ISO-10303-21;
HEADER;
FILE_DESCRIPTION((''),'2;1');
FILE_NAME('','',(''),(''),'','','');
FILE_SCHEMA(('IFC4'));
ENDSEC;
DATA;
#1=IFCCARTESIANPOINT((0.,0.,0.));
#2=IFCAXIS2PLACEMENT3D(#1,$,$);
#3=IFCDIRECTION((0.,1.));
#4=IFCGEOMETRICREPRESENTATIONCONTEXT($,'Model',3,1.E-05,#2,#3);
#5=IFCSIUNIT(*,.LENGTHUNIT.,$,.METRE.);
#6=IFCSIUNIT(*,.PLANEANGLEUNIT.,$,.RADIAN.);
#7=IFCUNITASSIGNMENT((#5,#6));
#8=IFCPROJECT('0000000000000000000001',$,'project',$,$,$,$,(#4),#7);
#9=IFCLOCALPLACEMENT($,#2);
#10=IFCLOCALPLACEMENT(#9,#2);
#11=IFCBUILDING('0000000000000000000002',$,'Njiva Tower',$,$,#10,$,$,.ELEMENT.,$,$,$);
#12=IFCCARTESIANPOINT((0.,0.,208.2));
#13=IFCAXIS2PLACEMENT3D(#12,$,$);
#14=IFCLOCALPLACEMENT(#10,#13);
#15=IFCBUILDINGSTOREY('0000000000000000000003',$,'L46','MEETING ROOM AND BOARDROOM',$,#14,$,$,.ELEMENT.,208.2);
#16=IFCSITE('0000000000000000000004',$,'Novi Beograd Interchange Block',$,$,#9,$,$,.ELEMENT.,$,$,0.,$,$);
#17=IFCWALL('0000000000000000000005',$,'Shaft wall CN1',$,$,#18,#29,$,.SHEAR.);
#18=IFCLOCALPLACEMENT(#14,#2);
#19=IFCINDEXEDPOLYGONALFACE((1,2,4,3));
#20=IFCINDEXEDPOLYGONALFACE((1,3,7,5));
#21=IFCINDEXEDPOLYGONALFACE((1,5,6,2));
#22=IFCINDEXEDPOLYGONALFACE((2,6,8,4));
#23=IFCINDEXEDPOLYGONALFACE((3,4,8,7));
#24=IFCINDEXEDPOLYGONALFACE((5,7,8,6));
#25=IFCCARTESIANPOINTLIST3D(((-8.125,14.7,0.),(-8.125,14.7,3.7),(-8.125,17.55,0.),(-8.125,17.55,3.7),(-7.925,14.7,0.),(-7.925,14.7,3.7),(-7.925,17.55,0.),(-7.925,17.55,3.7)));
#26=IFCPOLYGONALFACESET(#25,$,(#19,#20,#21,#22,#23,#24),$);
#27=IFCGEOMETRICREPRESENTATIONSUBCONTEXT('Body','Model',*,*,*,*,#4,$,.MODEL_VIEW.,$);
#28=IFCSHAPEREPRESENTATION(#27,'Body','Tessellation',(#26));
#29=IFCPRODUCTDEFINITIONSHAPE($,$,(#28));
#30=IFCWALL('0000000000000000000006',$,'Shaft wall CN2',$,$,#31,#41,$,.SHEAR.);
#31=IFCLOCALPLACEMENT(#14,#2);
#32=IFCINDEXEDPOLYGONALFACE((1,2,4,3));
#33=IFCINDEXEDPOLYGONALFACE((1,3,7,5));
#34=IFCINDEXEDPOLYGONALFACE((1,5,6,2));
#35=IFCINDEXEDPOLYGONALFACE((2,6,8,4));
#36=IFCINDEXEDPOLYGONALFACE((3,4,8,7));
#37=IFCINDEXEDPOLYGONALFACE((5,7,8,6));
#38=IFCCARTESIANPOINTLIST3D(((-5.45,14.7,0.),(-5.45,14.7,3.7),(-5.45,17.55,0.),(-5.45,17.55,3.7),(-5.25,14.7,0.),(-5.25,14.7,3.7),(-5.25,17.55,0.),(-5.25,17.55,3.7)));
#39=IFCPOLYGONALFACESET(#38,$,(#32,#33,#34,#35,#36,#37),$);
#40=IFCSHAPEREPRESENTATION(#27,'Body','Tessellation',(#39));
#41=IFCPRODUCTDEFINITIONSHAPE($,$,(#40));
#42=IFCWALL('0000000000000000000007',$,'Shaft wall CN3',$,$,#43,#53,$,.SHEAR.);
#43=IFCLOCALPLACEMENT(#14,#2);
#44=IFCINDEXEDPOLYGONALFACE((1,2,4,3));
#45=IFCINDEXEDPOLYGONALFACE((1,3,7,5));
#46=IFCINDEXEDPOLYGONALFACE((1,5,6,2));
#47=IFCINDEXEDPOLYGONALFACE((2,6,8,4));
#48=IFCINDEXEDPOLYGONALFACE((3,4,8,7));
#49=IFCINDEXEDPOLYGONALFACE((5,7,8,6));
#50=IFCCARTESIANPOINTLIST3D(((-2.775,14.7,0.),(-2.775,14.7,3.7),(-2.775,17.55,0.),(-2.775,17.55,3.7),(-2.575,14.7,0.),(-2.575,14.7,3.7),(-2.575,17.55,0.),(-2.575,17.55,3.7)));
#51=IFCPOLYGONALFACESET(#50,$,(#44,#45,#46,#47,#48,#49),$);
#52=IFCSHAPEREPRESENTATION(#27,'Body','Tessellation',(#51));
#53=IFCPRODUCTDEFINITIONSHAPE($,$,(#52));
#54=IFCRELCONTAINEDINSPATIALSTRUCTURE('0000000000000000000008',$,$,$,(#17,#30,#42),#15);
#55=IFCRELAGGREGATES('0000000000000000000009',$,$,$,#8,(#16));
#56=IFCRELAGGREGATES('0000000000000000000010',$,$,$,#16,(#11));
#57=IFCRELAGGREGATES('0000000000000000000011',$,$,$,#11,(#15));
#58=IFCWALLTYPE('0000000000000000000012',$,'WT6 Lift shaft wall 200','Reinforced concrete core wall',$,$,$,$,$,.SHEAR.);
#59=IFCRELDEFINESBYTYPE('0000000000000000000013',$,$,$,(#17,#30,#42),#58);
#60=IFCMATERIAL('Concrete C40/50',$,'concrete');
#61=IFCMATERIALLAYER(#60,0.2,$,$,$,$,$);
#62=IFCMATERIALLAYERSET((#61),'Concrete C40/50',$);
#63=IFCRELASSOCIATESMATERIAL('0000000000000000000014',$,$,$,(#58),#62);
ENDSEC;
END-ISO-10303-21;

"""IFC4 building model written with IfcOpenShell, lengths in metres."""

from ifc_helpers import new_model, si_unit, direction, frame, frame_2d, origin, place, context, subcontext, project, spatial, rectangle, extrude, material, layer, layer_set, type_object, element, save


model = new_model("IFC4")

# Units and contexts
model_context = context("Model", 3, precision=1e-05, world=origin(), true_north=direction((0.0, 1.0)))
body_context = subcontext(model_context, "Body", "Model", "MODEL_VIEW")
ifc_project = project(units=[si_unit("LENGTHUNIT", "METRE"), si_unit("PLANEANGLEUNIT", "RADIAN")], contexts=[model_context])

# Site, building, storey
site_placement = place(None, origin())
site = spatial("IfcSite", under=ifc_project, at=site_placement, Name="Novi Beograd Interchange Block", CompositionType="ELEMENT", RefElevation=0.0)
building_placement = place(site_placement, origin())
building = spatial("IfcBuilding", under=site, at=building_placement, Name="Njiva Tower", CompositionType="ELEMENT")
storey_placement = place(building_placement, frame((0.0, 0.0, 208.2)))
storey = spatial("IfcBuildingStorey", under=building, at=storey_placement, Name="L46", Description="MEETING ROOM AND BOARDROOM", CompositionType="ELEMENT", Elevation=208.2)

# Walls
ifc_material_1 = material(Name="Concrete C40/50", Category="concrete")
ifc_layer_1 = layer(ifc_material_1, 0.2)
ifc_layer_set_1 = layer_set([ifc_layer_1], Name="Concrete C40/50")
wall_type_1 = type_object("IfcWallType", Name="WT6 Lift shaft wall 200", Description="Reinforced concrete core wall", PredefinedType="SHEAR", material=ifc_layer_set_1)
for number, where, z_axis, x_axis, name in (
    (1, (-8.025, 14.7, 0.0), (0.0, 0.0, 1.0), (0.0, 1.0, 0.0), "Shaft wall CN1"),
    (2, (-5.35, 14.7, 0.0), (0.0, 0.0, 1.0), (0.0, 1.0, 0.0), "Shaft wall CN2"),
    (3, (-2.675, 14.7, 0.0), (0.0, 0.0, 1.0), (0.0, 1.0, 0.0), "Shaft wall CN3"),
):
    element("IfcWall", number, at=place(storey_placement, frame(where, z_axis=z_axis, x_axis=x_axis)), inside=storey, type_object=wall_type_1, Name=name, PredefinedType="SHEAR", context=body_context, shape_type="SweptSolid", body=[
        extrude(rectangle(XDim=2.85, YDim=0.2, at=frame_2d((1.425, 0.0))), origin(), (0.0, 0.0, 1.0), 3.7),
    ])

save(model, "model.ifc")
